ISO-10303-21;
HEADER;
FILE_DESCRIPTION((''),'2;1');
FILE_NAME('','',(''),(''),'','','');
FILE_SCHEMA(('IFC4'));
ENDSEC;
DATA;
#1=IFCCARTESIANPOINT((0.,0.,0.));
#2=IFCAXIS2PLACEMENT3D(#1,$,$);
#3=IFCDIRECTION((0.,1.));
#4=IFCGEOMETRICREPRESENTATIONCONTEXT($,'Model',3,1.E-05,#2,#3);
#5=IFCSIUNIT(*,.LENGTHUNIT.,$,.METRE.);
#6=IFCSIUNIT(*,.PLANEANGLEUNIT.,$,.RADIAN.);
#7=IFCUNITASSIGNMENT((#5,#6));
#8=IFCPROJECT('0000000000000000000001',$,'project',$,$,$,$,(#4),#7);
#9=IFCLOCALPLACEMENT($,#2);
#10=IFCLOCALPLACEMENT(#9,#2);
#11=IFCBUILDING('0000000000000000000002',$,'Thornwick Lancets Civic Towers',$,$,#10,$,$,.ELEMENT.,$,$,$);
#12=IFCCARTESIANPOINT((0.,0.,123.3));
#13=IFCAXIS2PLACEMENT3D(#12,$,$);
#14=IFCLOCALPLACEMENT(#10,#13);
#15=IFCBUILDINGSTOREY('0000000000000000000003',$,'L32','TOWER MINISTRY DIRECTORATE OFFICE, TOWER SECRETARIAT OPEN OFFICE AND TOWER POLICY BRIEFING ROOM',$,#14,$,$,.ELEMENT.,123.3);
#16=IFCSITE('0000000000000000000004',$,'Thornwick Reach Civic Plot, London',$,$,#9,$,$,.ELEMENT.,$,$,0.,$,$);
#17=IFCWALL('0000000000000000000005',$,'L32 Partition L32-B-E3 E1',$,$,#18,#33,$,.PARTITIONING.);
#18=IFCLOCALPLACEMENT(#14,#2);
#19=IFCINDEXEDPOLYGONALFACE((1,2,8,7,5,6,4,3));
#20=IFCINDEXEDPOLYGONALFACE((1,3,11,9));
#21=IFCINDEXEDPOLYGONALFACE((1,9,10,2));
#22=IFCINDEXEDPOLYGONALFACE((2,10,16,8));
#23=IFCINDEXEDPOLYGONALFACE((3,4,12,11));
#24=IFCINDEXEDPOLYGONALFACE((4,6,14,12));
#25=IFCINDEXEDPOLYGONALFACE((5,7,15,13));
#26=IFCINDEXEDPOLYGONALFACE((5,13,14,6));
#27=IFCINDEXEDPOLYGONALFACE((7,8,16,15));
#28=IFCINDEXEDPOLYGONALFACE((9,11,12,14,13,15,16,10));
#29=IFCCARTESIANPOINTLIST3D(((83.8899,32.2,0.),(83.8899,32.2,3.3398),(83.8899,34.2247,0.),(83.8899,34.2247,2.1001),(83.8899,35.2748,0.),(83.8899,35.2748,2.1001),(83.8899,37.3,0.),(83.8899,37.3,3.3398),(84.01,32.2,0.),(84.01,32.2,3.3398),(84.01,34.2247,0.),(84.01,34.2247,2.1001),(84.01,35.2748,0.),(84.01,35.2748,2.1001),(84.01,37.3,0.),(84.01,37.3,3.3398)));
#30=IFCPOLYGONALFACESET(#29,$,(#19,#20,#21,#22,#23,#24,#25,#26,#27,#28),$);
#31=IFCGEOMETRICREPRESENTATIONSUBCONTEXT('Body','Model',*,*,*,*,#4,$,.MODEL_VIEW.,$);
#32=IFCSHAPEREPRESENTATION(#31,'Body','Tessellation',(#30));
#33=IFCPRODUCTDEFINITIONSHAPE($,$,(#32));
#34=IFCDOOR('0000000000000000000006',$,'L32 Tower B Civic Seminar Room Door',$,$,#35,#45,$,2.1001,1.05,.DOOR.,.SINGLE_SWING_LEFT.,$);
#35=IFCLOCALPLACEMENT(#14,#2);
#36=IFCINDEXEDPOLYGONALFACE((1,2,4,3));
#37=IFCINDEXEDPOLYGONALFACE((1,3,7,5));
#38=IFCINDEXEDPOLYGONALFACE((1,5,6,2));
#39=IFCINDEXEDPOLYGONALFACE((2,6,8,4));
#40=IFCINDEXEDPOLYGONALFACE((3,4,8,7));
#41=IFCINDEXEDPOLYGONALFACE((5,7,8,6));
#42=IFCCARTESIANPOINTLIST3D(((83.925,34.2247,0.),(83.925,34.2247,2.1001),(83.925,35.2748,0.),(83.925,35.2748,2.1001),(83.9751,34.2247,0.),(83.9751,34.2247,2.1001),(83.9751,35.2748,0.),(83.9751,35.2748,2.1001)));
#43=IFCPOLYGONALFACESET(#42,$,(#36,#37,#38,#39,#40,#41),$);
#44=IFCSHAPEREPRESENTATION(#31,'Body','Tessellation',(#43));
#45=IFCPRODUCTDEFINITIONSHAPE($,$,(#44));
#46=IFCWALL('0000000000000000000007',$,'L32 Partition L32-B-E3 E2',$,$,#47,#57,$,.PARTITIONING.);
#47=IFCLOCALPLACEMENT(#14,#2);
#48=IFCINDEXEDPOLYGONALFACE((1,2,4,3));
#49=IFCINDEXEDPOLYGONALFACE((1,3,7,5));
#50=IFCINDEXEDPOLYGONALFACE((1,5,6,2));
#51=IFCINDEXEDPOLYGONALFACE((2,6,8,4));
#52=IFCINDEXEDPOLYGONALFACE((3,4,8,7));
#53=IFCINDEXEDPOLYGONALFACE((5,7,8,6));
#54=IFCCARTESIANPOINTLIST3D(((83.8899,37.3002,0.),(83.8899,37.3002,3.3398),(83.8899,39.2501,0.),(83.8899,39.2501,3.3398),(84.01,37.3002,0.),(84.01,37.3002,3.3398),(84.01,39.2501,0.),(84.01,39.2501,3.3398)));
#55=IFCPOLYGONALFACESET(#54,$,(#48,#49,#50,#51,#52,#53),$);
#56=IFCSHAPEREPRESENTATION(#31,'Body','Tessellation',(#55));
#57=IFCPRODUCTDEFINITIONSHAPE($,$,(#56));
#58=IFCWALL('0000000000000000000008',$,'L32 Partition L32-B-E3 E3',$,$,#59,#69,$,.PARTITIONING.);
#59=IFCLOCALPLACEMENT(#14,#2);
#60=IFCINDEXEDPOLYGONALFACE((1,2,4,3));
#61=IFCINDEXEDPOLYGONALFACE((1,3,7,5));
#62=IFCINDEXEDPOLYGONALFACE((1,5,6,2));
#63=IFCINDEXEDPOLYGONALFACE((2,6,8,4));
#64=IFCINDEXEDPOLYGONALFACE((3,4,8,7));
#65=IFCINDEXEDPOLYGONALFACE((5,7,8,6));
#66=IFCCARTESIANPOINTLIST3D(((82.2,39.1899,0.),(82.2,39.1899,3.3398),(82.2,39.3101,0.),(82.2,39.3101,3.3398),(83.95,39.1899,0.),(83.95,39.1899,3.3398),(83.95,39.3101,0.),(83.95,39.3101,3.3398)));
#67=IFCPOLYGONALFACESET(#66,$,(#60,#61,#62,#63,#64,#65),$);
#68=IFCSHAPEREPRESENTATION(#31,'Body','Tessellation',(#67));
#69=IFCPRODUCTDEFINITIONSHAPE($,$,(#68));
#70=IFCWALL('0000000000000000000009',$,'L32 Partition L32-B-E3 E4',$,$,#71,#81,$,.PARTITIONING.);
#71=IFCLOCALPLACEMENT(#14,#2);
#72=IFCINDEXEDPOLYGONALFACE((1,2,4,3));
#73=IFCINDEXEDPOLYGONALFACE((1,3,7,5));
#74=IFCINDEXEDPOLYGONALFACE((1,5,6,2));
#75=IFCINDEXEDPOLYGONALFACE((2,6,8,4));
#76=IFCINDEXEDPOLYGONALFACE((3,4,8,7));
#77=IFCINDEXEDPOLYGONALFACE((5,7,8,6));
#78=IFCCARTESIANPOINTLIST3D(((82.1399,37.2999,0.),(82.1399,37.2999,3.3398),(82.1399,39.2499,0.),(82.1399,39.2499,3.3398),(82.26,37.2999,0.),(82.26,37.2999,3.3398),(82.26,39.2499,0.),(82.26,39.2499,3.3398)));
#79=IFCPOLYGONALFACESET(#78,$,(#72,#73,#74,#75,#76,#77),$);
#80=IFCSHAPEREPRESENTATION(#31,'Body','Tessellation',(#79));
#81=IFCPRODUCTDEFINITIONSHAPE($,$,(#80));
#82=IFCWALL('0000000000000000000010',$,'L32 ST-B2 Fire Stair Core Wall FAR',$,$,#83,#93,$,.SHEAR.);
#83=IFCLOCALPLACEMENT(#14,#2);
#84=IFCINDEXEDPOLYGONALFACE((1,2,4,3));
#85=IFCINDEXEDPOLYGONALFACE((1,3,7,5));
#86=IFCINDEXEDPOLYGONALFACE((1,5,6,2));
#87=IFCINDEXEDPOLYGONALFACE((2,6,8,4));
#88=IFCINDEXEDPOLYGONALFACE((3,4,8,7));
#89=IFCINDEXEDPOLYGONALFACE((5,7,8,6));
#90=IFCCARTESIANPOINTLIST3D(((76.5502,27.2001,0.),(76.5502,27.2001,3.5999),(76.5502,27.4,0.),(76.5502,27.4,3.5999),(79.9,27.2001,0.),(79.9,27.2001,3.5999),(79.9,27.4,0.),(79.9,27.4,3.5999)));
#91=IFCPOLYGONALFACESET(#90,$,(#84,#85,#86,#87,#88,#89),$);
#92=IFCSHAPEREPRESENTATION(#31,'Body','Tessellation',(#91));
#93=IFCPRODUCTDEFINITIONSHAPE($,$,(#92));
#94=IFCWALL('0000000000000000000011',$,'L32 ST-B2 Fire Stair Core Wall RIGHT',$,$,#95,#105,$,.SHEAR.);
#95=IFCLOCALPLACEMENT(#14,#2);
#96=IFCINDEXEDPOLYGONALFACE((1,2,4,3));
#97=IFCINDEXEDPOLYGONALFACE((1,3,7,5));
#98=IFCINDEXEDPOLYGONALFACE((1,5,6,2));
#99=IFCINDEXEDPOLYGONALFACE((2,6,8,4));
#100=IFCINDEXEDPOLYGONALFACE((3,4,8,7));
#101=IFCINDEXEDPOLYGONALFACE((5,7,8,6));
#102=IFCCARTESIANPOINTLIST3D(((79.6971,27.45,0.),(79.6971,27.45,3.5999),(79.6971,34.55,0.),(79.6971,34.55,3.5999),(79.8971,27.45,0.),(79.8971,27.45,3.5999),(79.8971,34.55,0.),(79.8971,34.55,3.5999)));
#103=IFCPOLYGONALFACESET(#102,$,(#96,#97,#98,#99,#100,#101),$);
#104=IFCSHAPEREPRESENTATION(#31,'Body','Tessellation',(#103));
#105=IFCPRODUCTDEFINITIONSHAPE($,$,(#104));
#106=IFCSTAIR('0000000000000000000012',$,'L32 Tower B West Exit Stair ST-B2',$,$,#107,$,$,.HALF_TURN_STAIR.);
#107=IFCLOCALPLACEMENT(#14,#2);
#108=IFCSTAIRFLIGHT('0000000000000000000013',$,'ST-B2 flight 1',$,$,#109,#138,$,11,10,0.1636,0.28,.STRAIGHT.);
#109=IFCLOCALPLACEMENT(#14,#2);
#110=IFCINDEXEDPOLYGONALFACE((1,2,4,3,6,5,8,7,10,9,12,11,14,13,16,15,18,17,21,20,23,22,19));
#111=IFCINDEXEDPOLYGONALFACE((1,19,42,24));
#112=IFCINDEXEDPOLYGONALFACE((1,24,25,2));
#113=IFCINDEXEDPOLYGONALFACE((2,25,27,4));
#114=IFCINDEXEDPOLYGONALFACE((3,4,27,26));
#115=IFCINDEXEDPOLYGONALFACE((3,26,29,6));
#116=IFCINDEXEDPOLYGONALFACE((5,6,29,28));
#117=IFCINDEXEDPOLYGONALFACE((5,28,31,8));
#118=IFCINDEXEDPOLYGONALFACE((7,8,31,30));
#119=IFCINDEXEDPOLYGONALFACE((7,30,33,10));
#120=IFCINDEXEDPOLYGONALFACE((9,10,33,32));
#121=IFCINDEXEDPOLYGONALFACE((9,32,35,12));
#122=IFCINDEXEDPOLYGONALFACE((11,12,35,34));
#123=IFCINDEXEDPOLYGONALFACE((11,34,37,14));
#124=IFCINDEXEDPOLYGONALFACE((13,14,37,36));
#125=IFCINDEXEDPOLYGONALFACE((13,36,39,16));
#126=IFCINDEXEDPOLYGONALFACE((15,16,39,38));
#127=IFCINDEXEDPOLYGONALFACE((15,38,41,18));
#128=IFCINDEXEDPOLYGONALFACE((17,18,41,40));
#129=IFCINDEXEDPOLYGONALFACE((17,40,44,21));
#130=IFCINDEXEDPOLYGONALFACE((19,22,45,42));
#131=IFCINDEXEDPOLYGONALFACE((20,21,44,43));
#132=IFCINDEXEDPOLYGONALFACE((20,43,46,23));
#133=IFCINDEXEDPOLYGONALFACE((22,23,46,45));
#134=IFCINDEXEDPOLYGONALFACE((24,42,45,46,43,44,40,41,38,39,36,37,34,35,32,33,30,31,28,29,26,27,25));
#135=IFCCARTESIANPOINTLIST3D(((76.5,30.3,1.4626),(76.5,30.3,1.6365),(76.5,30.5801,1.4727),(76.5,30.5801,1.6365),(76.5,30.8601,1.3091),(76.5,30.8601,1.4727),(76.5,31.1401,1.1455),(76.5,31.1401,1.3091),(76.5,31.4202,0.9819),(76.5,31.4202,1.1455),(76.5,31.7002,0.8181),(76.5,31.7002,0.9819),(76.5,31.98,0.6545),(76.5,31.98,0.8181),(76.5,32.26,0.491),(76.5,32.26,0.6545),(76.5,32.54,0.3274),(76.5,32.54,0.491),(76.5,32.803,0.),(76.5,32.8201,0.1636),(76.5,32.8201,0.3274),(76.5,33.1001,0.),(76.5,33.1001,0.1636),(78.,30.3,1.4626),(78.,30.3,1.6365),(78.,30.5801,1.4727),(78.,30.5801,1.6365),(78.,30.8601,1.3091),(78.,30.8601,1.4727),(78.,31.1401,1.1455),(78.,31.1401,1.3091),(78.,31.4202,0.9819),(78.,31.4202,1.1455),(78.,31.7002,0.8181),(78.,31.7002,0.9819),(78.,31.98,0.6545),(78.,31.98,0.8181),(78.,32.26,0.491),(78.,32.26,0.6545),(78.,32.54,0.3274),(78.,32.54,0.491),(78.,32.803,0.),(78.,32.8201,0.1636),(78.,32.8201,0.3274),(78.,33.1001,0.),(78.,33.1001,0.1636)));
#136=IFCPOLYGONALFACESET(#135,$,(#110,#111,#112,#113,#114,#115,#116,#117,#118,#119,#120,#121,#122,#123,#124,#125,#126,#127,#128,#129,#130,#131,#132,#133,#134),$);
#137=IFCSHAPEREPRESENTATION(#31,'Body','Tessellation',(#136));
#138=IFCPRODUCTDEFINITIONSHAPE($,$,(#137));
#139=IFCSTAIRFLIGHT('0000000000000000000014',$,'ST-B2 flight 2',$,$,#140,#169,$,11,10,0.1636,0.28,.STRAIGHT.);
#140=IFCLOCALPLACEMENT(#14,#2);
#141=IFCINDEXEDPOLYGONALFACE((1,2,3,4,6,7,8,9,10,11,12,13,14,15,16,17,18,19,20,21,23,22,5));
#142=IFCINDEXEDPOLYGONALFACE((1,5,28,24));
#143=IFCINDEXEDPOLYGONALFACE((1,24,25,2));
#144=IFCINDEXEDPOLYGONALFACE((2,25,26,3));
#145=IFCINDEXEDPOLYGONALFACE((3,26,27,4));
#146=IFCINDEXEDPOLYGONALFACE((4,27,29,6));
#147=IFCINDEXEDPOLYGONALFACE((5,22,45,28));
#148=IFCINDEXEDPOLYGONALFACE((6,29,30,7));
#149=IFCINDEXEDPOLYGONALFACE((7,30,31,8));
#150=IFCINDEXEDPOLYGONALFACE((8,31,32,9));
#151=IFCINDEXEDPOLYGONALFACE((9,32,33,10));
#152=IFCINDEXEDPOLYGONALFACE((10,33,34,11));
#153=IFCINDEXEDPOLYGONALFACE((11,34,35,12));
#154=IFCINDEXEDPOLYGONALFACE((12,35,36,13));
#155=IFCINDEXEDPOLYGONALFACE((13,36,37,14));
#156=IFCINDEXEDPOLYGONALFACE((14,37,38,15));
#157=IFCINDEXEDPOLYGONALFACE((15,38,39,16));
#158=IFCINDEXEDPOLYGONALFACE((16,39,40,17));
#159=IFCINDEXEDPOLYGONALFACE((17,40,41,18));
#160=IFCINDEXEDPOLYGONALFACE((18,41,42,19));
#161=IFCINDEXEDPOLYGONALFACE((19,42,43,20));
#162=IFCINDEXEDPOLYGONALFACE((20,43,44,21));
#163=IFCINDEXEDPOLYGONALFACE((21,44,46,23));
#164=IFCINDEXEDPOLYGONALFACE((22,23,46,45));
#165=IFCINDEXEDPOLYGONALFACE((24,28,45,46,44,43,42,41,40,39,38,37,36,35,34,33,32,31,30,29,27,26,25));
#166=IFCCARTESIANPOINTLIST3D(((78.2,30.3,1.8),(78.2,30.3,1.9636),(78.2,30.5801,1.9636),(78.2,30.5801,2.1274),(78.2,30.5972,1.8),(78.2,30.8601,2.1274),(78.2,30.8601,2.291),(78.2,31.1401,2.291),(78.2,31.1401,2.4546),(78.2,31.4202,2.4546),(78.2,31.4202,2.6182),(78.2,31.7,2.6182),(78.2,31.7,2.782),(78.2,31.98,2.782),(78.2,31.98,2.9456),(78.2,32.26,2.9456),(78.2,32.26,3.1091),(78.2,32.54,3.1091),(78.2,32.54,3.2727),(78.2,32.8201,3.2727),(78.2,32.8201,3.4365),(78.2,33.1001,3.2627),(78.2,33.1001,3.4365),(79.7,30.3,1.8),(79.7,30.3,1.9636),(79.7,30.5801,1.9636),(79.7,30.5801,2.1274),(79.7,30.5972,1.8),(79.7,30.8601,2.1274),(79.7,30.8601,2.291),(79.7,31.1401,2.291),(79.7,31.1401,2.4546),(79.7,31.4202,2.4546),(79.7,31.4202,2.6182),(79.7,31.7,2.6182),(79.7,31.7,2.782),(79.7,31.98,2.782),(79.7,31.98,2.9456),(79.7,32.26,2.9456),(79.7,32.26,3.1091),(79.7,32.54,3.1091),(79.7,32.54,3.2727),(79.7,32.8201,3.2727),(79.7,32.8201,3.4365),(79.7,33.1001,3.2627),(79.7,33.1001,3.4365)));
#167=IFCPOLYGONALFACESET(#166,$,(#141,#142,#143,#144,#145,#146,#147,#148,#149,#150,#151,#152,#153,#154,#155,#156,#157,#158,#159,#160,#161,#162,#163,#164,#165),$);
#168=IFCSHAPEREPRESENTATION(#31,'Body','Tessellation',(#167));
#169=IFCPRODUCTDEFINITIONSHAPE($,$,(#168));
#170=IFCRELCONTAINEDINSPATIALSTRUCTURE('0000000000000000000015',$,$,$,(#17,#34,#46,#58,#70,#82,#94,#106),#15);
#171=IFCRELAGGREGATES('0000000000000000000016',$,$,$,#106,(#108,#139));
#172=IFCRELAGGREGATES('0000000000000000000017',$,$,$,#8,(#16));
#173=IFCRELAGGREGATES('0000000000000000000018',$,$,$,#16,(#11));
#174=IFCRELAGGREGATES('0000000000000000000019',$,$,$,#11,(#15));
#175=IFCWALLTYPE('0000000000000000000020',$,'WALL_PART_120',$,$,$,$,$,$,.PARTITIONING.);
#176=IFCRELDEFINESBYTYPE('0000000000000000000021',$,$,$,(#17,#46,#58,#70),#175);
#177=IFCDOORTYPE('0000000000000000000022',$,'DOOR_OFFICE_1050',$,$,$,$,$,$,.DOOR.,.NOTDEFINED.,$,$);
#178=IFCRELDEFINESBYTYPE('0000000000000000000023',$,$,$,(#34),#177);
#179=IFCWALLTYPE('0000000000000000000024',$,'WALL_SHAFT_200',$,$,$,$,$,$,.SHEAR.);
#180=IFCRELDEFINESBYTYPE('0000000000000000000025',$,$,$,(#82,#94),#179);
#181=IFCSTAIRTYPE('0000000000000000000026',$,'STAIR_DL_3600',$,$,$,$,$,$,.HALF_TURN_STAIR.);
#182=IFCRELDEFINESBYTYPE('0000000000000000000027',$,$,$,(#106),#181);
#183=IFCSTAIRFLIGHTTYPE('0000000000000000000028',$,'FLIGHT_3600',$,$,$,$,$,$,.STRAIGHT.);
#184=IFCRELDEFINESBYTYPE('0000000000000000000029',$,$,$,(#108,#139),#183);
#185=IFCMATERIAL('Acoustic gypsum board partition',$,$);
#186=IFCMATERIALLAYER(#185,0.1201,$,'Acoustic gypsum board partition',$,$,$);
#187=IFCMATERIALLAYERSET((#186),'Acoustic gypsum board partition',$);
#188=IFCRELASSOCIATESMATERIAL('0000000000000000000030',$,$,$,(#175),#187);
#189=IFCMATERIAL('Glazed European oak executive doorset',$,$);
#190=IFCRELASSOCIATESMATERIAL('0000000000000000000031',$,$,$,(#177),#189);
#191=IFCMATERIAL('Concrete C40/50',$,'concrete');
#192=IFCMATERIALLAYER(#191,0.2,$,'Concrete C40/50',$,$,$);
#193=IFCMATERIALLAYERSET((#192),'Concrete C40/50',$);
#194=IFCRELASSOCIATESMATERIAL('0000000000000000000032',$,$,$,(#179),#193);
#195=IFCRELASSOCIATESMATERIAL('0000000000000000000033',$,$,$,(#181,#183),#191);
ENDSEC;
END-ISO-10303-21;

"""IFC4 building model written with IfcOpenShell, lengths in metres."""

from ifc_helpers import new_model, si_unit, direction, frame, frame_2d, origin, place, context, subcontext, project, spatial, polyline, rectangle, outline, extrude, material, layer, layer_set, type_object, element, fill, aggregate, save


model = new_model("IFC4")

# Units and contexts
model_context = context("Model", 3, precision=1e-05, world=origin(), true_north=direction((0.0, 1.0)))
body_context = subcontext(model_context, "Body", "Model", "MODEL_VIEW")
ifc_project = project(units=[si_unit("LENGTHUNIT", "METRE"), si_unit("PLANEANGLEUNIT", "RADIAN")], contexts=[model_context])

# Site, building, storey
site_placement = place(None, origin())
site = spatial("IfcSite", under=ifc_project, at=site_placement, Name="Thornwick Reach Civic Plot, London", CompositionType="ELEMENT", RefElevation=0.0)
building_placement = place(site_placement, origin())
building = spatial("IfcBuilding", under=site, at=building_placement, Name="Thornwick Lancets Civic Towers", CompositionType="ELEMENT")
storey_placement = place(building_placement, frame((0.0, 0.0, 123.3)))
storey = spatial("IfcBuildingStorey", under=building, at=storey_placement, Name="L32", Description="TOWER MINISTRY DIRECTORATE OFFICE, TOWER SECRETARIAT OPEN OFFICE AND TOWER POLICY BRIEFING ROOM", CompositionType="ELEMENT", Elevation=123.3)

# Wall, opening, door
ifc_material_1 = material(Name="Acoustic gypsum board partition")
ifc_layer_1 = layer(ifc_material_1, 0.1201, Name="Acoustic gypsum board partition")
ifc_layer_set_1 = layer_set([ifc_layer_1], Name="Acoustic gypsum board partition")
wall_type_1 = type_object("IfcWallType", Name="WALL_PART_120", PredefinedType="PARTITIONING", material=ifc_layer_set_1)
wall_1_placement = place(storey_placement, frame((83.95, 32.2, 0.0), z_axis=(0.0, 0.0, 1.0), x_axis=(0.0, 1.0, 0.0)))
wall_1 = element("IfcWall", 1, at=wall_1_placement, inside=storey, type_object=wall_type_1, Name="L32 Partition L32-B-E3 E1", PredefinedType="PARTITIONING", context=body_context, shape_type="SweptSolid", body=[
    extrude(rectangle(XDim=5.1001, YDim=0.1201, at=frame_2d((2.55, 0.0))), origin(), (0.0, 0.0, 1.0), 3.3398),
])
opening_1_placement = place(wall_1_placement, frame((2.0249, 0.0, 0.0)))
opening_1 = element("IfcOpeningElement", 2, at=opening_1_placement, cuts=wall_1, PredefinedType="OPENING", context=body_context, shape_type="SweptSolid", body=[
    extrude(rectangle(XDim=1.05, YDim=2.1001, at=frame_2d((0.5249, 1.05))), frame((0.0, 0.0701, 0.0), z_axis=(0.0, -1.0, 0.0), x_axis=(1.0, 0.0, 0.0)), (0.0, 0.0, 1.0), 0.1401),
])
ifc_material_2 = material(Name="Glazed European oak executive doorset")
door_type_1 = type_object("IfcDoorType", Name="DOOR_OFFICE_1050", OperationType="NOTDEFINED", PredefinedType="DOOR", material=ifc_material_2)
door_1_placement = place(opening_1_placement, origin())
door_1 = element("IfcDoor", 3, at=door_1_placement, inside=storey, type_object=door_type_1, Name="L32 Tower B Civic Seminar Room Door", OperationType="SINGLE_SWING_LEFT", OverallHeight=2.1001, OverallWidth=1.05, PredefinedType="DOOR", context=body_context, shape_type="SweptSolid", body=[
    extrude(rectangle(XDim=1.05, YDim=2.1001, at=frame_2d((0.5249, 1.05))), frame((0.0, 0.0249, 0.0), z_axis=(0.0, -1.0, 0.0), x_axis=(1.0, 0.0, 0.0)), (0.0, 0.0, 1.0), 0.05),
])
fill(opening_1, door_1)

# Walls
wall_2_placement = place(storey_placement, frame((83.95, 37.3, 0.0), z_axis=(0.0, 0.0, 1.0), x_axis=(0.0, 1.0, 0.0)))
element("IfcWall", 4, at=wall_2_placement, inside=storey, type_object=wall_type_1, Name="L32 Partition L32-B-E3 E2", PredefinedType="PARTITIONING", context=body_context, shape_type="SweptSolid", body=[
    extrude(rectangle(XDim=1.95, YDim=0.1201, at=frame_2d((0.9751, 0.0))), origin(), (0.0, 0.0, 1.0), 3.3398),
])
wall_3_placement = place(storey_placement, frame((83.95, 39.25, 0.0), z_axis=(0.0, 0.0, 1.0), x_axis=(-1.0, 0.0, 0.0)))
element("IfcWall", 5, at=wall_3_placement, inside=storey, type_object=wall_type_1, Name="L32 Partition L32-B-E3 E3", PredefinedType="PARTITIONING", context=body_context, shape_type="SweptSolid", body=[
    extrude(rectangle(XDim=1.75, YDim=0.1201, at=frame_2d((0.875, 0.0))), origin(), (0.0, 0.0, 1.0), 3.3398),
])
wall_4_placement = place(storey_placement, frame((82.2, 39.25, 0.0), z_axis=(0.0, 0.0, 1.0), x_axis=(0.0, -1.0, 0.0)))
element("IfcWall", 6, at=wall_4_placement, inside=storey, type_object=wall_type_1, Name="L32 Partition L32-B-E3 E4", PredefinedType="PARTITIONING", context=body_context, shape_type="SweptSolid", body=[
    extrude(rectangle(XDim=1.95, YDim=0.1201, at=frame_2d((0.9751, 0.0))), origin(), (0.0, 0.0, 1.0), 3.3398),
])
ifc_material_3 = material(Name="Concrete C40/50", Category="concrete")
ifc_layer_2 = layer(ifc_material_3, 0.2, Name="Concrete C40/50")
ifc_layer_set_2 = layer_set([ifc_layer_2], Name="Concrete C40/50")
wall_type_2 = type_object("IfcWallType", Name="WALL_SHAFT_200", PredefinedType="SHEAR", material=ifc_layer_set_2)
wall_5_placement = place(storey_placement, frame((79.8999, 27.3, 0.0), z_axis=(0.0, 0.0, 1.0), x_axis=(-1.0, 0.0, 0.0)))
element("IfcWall", 7, at=wall_5_placement, inside=storey, type_object=wall_type_2, Name="L32 ST-B2 Fire Stair Core Wall FAR", PredefinedType="SHEAR", context=body_context, shape_type="SweptSolid", body=[
    extrude(rectangle(XDim=3.3499, YDim=0.2, at=frame_2d((1.6748, 0.0))), origin(), (0.0, 0.0, 1.0), 3.5999),
])
wall_6_placement = place(storey_placement, frame((79.7971, 27.45, 0.0), z_axis=(0.0, 0.0, 1.0), x_axis=(0.0, 1.0, 0.0)))
element("IfcWall", 8, at=wall_6_placement, inside=storey, type_object=wall_type_2, Name="L32 ST-B2 Fire Stair Core Wall RIGHT", PredefinedType="SHEAR", context=body_context, shape_type="SweptSolid", body=[
    extrude(rectangle(XDim=7.1001, YDim=0.2, at=frame_2d((3.55, 0.0))), origin(), (0.0, 0.0, 1.0), 3.5999),
])

# Stair, stair flights
stair_type = type_object("IfcStairType", Name="STAIR_DL_3600", PredefinedType="HALF_TURN_STAIR", material=ifc_material_3)
stair_placement = place(storey_placement, origin())
stair = element("IfcStair", 9, at=stair_placement, inside=storey, type_object=stair_type, Name="L32 Tower B West Exit Stair ST-B2", PredefinedType="HALF_TURN_STAIR")
stair_flight_type = type_object("IfcStairFlightType", Name="FLIGHT_3600", PredefinedType="STRAIGHT", material=ifc_material_3)
stair_flight_1_placement = place(storey_placement, frame((77.25, 33.1001, 0.0), z_axis=(0.0, 0.0, 1.0), x_axis=(0.0, -1.0, 0.0)))
stair_flight_1 = element("IfcStairFlight", 10, at=stair_flight_1_placement, type_object=stair_flight_type, Name="ST-B2 flight 1", NumberOfRisers=11, NumberOfTreads=10, PredefinedType="STRAIGHT", RiserHeight=0.1636, TreadLength=0.28, context=body_context, shape_type="SweptSolid", body=[
    extrude(outline(polyline([(0.0, 0.0), (0.0, 0.1636), (0.28, 0.1636), (0.28, 0.3274), (0.5601, 0.3274), (0.5601, 0.491), (0.8401, 0.491), (0.8401, 0.6545), (1.1201, 0.6545), (1.1201, 0.8181), (1.3999, 0.8181), (1.3999, 0.9819), (1.6799, 0.9819), (1.6799, 1.1455), (1.96, 1.1455), (1.96, 1.3091), (2.24, 1.3091), (2.24, 1.4727), (2.52, 1.4727), (2.52, 1.6365), (2.8, 1.6365), (2.8, 1.8), (2.8, 1.4626), (0.2971, 0.0), (0.0, 0.0)])), frame((0.0, 0.75, 0.0), z_axis=(0.0, -1.0, 0.0), x_axis=(1.0, 0.0, 0.0)), (0.0, 0.0, 1.0), 1.5),
])
stair_flight_2_placement = place(storey_placement, frame((78.95, 30.3, 1.8), z_axis=(0.0, 0.0, 1.0), x_axis=(0.0, 1.0, 0.0)))
stair_flight_2 = element("IfcStairFlight", 11, at=stair_flight_2_placement, type_object=stair_flight_type, Name="ST-B2 flight 2", NumberOfRisers=11, NumberOfTreads=10, PredefinedType="STRAIGHT", RiserHeight=0.1636, TreadLength=0.28, context=body_context, shape_type="SweptSolid", body=[
    extrude(outline(polyline([(0.0, 0.0), (0.0, 0.1636), (0.28, 0.1636), (0.28, 0.3274), (0.5601, 0.3274), (0.5601, 0.491), (0.8401, 0.491), (0.8401, 0.6545), (1.1201, 0.6545), (1.1201, 0.8181), (1.3999, 0.8181), (1.3999, 0.9819), (1.6799, 0.9819), (1.6799, 1.1455), (1.96, 1.1455), (1.96, 1.3091), (2.24, 1.3091), (2.24, 1.4727), (2.52, 1.4727), (2.52, 1.6365), (2.8, 1.6365), (2.8, 1.8), (2.8, 1.4626), (0.2971, 0.0), (0.0, 0.0)])), frame((0.0, 0.75, 0.0), z_axis=(0.0, -1.0, 0.0), x_axis=(1.0, 0.0, 0.0)), (0.0, 0.0, 1.0), 1.5),
])
aggregate(stair, [stair_flight_1, stair_flight_2])

save(model, "model.ifc")
